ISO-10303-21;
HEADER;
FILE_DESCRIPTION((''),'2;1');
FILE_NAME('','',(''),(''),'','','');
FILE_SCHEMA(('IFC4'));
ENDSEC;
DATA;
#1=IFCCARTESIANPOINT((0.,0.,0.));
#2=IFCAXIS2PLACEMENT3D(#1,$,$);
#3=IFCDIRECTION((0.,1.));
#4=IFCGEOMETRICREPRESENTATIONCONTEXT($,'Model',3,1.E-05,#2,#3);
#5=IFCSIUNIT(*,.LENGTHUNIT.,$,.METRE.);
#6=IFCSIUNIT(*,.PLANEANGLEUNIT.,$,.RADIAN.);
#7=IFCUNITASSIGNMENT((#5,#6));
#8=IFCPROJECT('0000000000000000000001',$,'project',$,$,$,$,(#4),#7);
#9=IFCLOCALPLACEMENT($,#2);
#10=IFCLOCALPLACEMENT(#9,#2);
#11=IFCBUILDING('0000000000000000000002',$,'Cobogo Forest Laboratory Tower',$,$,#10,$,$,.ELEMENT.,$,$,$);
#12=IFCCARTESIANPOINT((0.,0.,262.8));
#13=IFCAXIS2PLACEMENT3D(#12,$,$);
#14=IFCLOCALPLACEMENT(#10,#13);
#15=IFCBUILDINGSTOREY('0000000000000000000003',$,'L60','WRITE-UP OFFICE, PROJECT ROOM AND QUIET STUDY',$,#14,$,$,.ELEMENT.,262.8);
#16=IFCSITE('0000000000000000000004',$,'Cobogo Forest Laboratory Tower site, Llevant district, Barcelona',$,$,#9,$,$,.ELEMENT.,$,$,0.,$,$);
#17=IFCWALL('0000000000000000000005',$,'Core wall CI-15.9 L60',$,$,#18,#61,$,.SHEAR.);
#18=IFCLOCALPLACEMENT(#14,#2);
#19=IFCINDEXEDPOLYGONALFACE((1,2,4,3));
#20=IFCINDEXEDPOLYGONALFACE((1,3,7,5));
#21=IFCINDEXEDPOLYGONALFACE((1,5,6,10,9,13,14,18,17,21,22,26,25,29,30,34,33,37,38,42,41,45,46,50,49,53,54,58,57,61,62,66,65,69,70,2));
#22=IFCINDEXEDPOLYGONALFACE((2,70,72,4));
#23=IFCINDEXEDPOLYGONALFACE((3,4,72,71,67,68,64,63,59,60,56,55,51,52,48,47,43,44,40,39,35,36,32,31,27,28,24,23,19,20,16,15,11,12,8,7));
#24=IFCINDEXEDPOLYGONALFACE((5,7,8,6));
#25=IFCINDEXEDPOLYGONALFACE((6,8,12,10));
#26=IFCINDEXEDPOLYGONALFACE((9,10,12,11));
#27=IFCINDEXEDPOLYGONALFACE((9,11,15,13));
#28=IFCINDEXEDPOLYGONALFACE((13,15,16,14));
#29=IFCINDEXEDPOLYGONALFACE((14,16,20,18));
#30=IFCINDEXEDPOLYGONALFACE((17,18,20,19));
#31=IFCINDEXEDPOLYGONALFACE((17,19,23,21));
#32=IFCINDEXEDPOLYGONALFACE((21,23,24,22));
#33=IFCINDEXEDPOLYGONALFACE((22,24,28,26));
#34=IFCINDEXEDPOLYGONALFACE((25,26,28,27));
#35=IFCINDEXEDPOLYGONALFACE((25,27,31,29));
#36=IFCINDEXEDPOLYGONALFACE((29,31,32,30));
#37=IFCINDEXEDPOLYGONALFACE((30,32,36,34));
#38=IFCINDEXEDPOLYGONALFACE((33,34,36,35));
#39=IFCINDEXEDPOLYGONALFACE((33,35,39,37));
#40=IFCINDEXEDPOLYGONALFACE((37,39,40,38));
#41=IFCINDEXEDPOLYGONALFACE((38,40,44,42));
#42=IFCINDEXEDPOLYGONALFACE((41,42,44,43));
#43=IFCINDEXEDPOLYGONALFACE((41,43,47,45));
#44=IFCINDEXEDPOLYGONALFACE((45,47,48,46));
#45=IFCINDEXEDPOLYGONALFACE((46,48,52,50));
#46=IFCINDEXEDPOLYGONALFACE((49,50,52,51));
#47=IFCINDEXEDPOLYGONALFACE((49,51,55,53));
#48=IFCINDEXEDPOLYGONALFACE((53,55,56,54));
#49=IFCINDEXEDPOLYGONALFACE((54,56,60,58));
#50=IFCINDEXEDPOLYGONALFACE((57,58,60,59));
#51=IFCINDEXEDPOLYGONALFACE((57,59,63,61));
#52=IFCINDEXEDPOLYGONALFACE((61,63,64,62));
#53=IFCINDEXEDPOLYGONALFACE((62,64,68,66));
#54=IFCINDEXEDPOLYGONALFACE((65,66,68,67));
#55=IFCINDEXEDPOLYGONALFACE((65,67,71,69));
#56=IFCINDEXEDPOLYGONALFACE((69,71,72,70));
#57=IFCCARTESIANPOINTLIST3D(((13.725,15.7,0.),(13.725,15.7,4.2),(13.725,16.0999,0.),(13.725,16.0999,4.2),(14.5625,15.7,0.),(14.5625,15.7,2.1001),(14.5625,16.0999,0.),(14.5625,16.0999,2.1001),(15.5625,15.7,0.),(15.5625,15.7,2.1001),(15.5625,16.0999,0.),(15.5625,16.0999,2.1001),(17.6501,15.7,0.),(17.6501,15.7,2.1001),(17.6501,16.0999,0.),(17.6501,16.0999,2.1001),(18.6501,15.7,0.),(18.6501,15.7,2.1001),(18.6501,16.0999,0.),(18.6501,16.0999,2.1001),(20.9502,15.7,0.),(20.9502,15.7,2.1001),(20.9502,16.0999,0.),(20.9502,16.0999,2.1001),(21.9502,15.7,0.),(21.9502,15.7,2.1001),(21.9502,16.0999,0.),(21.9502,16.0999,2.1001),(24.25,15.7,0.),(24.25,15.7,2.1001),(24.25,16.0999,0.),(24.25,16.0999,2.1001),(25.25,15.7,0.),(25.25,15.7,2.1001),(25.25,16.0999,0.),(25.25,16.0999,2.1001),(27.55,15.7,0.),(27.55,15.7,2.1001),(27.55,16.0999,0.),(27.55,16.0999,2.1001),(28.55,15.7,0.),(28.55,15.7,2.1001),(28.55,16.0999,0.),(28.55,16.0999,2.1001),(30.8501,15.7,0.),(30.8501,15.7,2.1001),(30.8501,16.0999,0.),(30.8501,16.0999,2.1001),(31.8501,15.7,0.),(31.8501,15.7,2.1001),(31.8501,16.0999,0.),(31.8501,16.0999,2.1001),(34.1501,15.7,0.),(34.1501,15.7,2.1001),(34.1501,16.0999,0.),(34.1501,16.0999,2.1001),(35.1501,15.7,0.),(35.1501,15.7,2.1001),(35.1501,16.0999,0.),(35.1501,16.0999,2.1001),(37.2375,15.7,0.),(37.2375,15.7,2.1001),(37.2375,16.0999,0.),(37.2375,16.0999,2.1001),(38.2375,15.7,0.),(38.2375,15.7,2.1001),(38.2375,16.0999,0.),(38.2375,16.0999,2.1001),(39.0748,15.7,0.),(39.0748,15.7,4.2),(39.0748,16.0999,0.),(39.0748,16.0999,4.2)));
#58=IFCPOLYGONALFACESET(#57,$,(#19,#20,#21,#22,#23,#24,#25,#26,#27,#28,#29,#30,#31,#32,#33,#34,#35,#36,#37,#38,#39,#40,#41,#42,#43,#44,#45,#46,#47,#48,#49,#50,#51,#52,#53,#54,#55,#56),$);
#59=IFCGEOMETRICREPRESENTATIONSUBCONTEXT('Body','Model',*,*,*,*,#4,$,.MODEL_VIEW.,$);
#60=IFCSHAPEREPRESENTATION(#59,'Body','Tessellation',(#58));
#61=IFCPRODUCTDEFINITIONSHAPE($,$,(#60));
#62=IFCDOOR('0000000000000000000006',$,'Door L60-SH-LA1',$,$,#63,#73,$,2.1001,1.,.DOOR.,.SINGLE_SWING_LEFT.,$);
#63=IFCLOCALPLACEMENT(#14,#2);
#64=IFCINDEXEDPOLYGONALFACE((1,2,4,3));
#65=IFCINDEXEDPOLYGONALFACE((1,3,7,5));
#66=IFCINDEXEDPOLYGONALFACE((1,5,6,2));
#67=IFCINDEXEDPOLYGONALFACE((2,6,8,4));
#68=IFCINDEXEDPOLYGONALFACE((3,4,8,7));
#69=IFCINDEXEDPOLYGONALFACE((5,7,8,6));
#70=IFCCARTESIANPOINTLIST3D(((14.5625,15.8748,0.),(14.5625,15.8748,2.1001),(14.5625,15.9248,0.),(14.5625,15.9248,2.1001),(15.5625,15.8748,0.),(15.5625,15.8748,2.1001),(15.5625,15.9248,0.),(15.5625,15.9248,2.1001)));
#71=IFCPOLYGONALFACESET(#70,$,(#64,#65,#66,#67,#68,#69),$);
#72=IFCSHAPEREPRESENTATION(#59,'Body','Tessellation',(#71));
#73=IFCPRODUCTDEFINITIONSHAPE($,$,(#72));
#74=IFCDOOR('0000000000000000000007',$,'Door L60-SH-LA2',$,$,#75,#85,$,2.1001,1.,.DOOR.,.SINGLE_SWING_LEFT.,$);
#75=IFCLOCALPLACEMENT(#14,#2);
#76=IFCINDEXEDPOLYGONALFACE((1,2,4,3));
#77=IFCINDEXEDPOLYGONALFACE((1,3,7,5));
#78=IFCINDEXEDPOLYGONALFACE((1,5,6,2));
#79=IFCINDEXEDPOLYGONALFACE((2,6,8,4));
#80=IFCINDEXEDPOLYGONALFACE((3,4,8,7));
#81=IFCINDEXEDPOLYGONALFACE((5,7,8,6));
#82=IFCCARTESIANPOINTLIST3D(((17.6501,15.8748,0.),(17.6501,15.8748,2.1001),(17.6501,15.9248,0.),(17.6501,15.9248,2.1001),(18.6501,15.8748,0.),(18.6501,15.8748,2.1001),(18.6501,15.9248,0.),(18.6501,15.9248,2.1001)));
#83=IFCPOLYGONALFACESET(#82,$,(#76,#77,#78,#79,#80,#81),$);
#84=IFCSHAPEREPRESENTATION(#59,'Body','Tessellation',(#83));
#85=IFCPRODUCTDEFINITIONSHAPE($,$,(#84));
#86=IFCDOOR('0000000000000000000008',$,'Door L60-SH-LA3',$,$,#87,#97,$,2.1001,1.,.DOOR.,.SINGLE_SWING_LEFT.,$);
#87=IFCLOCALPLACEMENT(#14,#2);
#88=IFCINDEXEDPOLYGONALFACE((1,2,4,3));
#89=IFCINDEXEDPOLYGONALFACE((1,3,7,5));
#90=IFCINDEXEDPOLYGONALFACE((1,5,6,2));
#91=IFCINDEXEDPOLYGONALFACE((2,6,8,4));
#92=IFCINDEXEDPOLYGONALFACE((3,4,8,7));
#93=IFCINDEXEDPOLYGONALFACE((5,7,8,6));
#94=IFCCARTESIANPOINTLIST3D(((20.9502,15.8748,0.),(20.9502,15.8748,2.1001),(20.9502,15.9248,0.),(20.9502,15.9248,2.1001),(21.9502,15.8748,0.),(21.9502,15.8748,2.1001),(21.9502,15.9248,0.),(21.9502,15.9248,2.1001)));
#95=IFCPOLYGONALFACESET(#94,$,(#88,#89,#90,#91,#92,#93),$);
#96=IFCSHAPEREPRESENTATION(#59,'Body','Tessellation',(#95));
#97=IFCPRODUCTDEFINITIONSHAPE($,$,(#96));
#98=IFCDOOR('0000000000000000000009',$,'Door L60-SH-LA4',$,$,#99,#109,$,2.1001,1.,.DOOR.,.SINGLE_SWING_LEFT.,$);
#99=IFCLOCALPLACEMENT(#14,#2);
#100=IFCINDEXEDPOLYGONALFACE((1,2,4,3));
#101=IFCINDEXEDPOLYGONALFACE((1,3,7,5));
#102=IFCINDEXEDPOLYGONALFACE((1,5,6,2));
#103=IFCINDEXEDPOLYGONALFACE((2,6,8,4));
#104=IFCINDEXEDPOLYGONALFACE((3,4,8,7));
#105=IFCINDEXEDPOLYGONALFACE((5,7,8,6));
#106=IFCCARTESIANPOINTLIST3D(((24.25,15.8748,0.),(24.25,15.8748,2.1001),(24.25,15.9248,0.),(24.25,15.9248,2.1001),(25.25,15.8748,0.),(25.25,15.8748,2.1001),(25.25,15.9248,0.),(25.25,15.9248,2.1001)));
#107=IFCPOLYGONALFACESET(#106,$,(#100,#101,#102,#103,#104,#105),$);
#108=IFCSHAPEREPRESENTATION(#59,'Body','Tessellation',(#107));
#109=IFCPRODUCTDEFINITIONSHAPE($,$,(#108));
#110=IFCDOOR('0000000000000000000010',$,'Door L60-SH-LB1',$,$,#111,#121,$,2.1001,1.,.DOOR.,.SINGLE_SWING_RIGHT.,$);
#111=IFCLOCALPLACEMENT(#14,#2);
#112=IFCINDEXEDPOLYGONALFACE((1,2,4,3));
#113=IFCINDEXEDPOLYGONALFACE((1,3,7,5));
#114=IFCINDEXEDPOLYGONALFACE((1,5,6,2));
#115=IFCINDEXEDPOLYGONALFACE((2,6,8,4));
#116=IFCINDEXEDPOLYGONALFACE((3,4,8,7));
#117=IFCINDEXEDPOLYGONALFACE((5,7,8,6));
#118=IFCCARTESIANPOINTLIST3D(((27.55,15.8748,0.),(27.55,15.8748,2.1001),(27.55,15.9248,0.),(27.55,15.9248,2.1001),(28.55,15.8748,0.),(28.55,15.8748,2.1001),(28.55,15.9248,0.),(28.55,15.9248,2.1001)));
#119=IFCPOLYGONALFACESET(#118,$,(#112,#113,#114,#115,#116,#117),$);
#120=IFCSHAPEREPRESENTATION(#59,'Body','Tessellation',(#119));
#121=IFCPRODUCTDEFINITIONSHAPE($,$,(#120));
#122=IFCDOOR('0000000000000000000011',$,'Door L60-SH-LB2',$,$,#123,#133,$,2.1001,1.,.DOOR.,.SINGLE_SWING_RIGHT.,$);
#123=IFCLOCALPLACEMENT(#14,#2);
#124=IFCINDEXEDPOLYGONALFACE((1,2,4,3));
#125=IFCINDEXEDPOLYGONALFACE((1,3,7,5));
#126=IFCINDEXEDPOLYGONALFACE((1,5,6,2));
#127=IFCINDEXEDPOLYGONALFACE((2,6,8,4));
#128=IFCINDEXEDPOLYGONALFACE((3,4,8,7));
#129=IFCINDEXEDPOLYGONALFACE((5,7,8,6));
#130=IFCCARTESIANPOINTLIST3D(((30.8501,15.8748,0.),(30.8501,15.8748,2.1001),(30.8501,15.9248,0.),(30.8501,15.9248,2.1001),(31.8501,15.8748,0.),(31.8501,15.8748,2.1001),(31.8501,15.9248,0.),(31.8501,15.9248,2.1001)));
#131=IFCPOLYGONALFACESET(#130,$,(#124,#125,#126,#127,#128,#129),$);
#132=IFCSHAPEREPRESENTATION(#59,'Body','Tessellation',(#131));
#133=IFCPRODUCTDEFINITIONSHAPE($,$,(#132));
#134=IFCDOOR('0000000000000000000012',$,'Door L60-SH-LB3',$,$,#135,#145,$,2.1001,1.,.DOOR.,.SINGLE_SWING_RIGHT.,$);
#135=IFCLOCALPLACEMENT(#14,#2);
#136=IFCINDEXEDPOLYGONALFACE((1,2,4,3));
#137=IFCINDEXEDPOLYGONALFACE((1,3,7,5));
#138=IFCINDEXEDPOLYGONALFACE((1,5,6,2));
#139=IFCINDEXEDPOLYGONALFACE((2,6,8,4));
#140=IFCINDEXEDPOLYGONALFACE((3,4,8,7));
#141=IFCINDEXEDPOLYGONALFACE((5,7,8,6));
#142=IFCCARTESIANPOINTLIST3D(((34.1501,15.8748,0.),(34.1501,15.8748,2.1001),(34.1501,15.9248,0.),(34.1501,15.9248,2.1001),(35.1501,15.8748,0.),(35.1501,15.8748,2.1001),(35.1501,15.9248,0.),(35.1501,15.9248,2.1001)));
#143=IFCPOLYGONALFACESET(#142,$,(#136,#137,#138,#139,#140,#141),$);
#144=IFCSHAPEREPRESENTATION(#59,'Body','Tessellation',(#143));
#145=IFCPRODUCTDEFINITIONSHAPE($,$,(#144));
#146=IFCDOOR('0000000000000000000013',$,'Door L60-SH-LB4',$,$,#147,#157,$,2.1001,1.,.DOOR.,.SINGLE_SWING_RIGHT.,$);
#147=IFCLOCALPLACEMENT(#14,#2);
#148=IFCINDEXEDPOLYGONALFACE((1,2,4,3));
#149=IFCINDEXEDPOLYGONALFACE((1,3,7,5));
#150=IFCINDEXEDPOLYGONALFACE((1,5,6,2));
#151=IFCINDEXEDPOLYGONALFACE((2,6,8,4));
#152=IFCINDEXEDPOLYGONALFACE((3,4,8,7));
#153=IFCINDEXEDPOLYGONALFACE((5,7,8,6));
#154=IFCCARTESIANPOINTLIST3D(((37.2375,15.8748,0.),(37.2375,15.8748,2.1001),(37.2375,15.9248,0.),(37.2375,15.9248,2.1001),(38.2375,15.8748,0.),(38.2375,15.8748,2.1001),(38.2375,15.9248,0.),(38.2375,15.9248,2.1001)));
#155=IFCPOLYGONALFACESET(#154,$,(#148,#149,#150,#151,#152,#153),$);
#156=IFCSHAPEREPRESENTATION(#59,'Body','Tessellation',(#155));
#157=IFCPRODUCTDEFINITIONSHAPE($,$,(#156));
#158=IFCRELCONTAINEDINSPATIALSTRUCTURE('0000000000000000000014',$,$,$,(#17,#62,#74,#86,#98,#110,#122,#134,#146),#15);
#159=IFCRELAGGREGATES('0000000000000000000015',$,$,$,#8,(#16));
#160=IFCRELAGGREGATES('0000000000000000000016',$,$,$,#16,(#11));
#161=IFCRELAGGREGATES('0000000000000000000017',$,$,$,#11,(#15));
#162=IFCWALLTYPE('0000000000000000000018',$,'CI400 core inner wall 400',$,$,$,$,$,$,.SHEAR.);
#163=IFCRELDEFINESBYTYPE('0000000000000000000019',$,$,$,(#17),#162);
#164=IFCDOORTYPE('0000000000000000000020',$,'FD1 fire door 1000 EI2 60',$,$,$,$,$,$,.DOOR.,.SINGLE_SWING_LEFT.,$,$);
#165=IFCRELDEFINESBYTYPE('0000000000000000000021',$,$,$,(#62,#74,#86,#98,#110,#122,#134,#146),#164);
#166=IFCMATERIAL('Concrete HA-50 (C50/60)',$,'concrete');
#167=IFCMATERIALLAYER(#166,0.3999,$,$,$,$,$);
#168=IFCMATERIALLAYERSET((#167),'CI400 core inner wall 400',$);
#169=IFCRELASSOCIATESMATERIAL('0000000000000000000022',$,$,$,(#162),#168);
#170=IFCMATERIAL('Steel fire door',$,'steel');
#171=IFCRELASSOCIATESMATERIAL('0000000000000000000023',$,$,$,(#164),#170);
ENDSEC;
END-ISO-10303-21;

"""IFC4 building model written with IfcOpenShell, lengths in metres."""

from ifc_helpers import new_model, si_unit, direction, frame, frame_2d, origin, place, context, subcontext, project, spatial, rectangle, extrude, material, layer, layer_set, type_object, element, fill, save


model = new_model("IFC4")

# Units and contexts
model_context = context("Model", 3, precision=1e-05, world=origin(), true_north=direction((0.0, 1.0)))
body_context = subcontext(model_context, "Body", "Model", "MODEL_VIEW")
ifc_project = project(units=[si_unit("LENGTHUNIT", "METRE"), si_unit("PLANEANGLEUNIT", "RADIAN")], contexts=[model_context])

# Site, building, storey
site_placement = place(None, origin())
site = spatial("IfcSite", under=ifc_project, at=site_placement, Name="Cobogo Forest Laboratory Tower site, Llevant district, Barcelona", CompositionType="ELEMENT", RefElevation=0.0)
building_placement = place(site_placement, origin())
building = spatial("IfcBuilding", under=site, at=building_placement, Name="Cobogo Forest Laboratory Tower", CompositionType="ELEMENT")
storey_placement = place(building_placement, frame((0.0, 0.0, 262.8)))
storey = spatial("IfcBuildingStorey", under=building, at=storey_placement, Name="L60", Description="WRITE-UP OFFICE, PROJECT ROOM AND QUIET STUDY", CompositionType="ELEMENT", Elevation=262.8)

# Shared definitions
ifc_material_1 = material(Name="Concrete HA-50 (C50/60)", Category="concrete")

# Wall, openings, doors
ifc_layer_1 = layer(ifc_material_1, 0.3999)
ifc_layer_set_1 = layer_set([ifc_layer_1], Name="CI400 core inner wall 400")
wall_type_1 = type_object("IfcWallType", Name="CI400 core inner wall 400", PredefinedType="SHEAR", material=ifc_layer_set_1)
wall_1_placement = place(storey_placement, frame((13.7251, 15.8999, 0.0), z_axis=(0.0, 0.0, 1.0), x_axis=(1.0, 0.0, 0.0)))
wall_1 = element("IfcWall", 1, at=wall_1_placement, inside=storey, type_object=wall_type_1, Name="Core wall CI-15.9 L60", PredefinedType="SHEAR", context=body_context, shape_type="SweptSolid", body=[
    extrude(rectangle(XDim=25.3499, YDim=0.3999, at=frame_2d((12.6748, 0.0))), origin(), (0.0, 0.0, 1.0), 4.2),
])
opening_1_placement = place(wall_1_placement, frame((0.8374, 0.0, 0.0)))
opening_1 = element("IfcOpeningElement", 2, at=opening_1_placement, cuts=wall_1, PredefinedType="OPENING", context=body_context, shape_type="SweptSolid", body=[
    extrude(rectangle(XDim=1.0, YDim=2.1001, at=frame_2d((0.5, 1.05))), frame((0.0, 0.21, 0.0), z_axis=(0.0, -1.0, 0.0), x_axis=(1.0, 0.0, 0.0)), (0.0, 0.0, 1.0), 0.4199),
])
opening_2_placement = place(wall_1_placement, frame((3.925, 0.0, 0.0)))
opening_2 = element("IfcOpeningElement", 3, at=opening_2_placement, cuts=wall_1, PredefinedType="OPENING", context=body_context, shape_type="SweptSolid", body=[
    extrude(rectangle(XDim=1.0, YDim=2.1001, at=frame_2d((0.5, 1.05))), frame((0.0, 0.21, 0.0), z_axis=(0.0, -1.0, 0.0), x_axis=(1.0, 0.0, 0.0)), (0.0, 0.0, 1.0), 0.4199),
])
opening_3_placement = place(wall_1_placement, frame((7.2251, 0.0, 0.0)))
opening_3 = element("IfcOpeningElement", 4, at=opening_3_placement, cuts=wall_1, PredefinedType="OPENING", context=body_context, shape_type="SweptSolid", body=[
    extrude(rectangle(XDim=1.0, YDim=2.1001, at=frame_2d((0.5, 1.05))), frame((0.0, 0.21, 0.0), z_axis=(0.0, -1.0, 0.0), x_axis=(1.0, 0.0, 0.0)), (0.0, 0.0, 1.0), 0.4199),
])
opening_4_placement = place(wall_1_placement, frame((10.5249, 0.0, 0.0)))
opening_4 = element("IfcOpeningElement", 5, at=opening_4_placement, cuts=wall_1, PredefinedType="OPENING", context=body_context, shape_type="SweptSolid", body=[
    extrude(rectangle(XDim=1.0, YDim=2.1001, at=frame_2d((0.5, 1.05))), frame((0.0, 0.21, 0.0), z_axis=(0.0, -1.0, 0.0), x_axis=(1.0, 0.0, 0.0)), (0.0, 0.0, 1.0), 0.4199),
])
opening_5_placement = place(wall_1_placement, frame((13.825, 0.0, 0.0)))
opening_5 = element("IfcOpeningElement", 6, at=opening_5_placement, cuts=wall_1, PredefinedType="OPENING", context=body_context, shape_type="SweptSolid", body=[
    extrude(rectangle(XDim=1.0, YDim=2.1001, at=frame_2d((0.5, 1.05))), frame((0.0, 0.21, 0.0), z_axis=(0.0, -1.0, 0.0), x_axis=(1.0, 0.0, 0.0)), (0.0, 0.0, 1.0), 0.4199),
])
opening_6_placement = place(wall_1_placement, frame((17.125, 0.0, 0.0)))
opening_6 = element("IfcOpeningElement", 7, at=opening_6_placement, cuts=wall_1, PredefinedType="OPENING", context=body_context, shape_type="SweptSolid", body=[
    extrude(rectangle(XDim=1.0, YDim=2.1001, at=frame_2d((0.5, 1.05))), frame((0.0, 0.21, 0.0), z_axis=(0.0, -1.0, 0.0), x_axis=(1.0, 0.0, 0.0)), (0.0, 0.0, 1.0), 0.4199),
])
opening_7_placement = place(wall_1_placement, frame((20.425, 0.0, 0.0)))
opening_7 = element("IfcOpeningElement", 8, at=opening_7_placement, cuts=wall_1, PredefinedType="OPENING", context=body_context, shape_type="SweptSolid", body=[
    extrude(rectangle(XDim=1.0, YDim=2.1001, at=frame_2d((0.5, 1.05))), frame((0.0, 0.21, 0.0), z_axis=(0.0, -1.0, 0.0), x_axis=(1.0, 0.0, 0.0)), (0.0, 0.0, 1.0), 0.4199),
])
opening_8_placement = place(wall_1_placement, frame((23.5125, 0.0, 0.0)))
opening_8 = element("IfcOpeningElement", 9, at=opening_8_placement, cuts=wall_1, PredefinedType="OPENING", context=body_context, shape_type="SweptSolid", body=[
    extrude(rectangle(XDim=1.0, YDim=2.1001, at=frame_2d((0.5, 1.05))), frame((0.0, 0.21, 0.0), z_axis=(0.0, -1.0, 0.0), x_axis=(1.0, 0.0, 0.0)), (0.0, 0.0, 1.0), 0.4199),
])
ifc_material_2 = material(Name="Steel fire door", Category="steel")
door_type_1 = type_object("IfcDoorType", Name="FD1 fire door 1000 EI2 60", OperationType="SINGLE_SWING_LEFT", PredefinedType="DOOR", material=ifc_material_2)
door_1_placement = place(opening_1_placement, origin())
door_1 = element("IfcDoor", 10, at=door_1_placement, inside=storey, type_object=door_type_1, Name="Door L60-SH-LA1", OperationType="SINGLE_SWING_LEFT", OverallHeight=2.1001, OverallWidth=1.0, PredefinedType="DOOR", context=body_context, shape_type="SweptSolid", body=[
    extrude(rectangle(XDim=1.0, YDim=2.1001, at=frame_2d((0.5, 1.05))), frame((0.0, 0.0249, 0.0), z_axis=(0.0, -1.0, 0.0), x_axis=(1.0, 0.0, 0.0)), (0.0, 0.0, 1.0), 0.05),
])
fill(opening_1, door_1)
door_2_placement = place(opening_2_placement, origin())
door_2 = element("IfcDoor", 11, at=door_2_placement, inside=storey, type_object=door_type_1, Name="Door L60-SH-LA2", OperationType="SINGLE_SWING_LEFT", OverallHeight=2.1001, OverallWidth=1.0, PredefinedType="DOOR", context=body_context, shape_type="SweptSolid", body=[
    extrude(rectangle(XDim=1.0, YDim=2.1001, at=frame_2d((0.5, 1.05))), frame((0.0, 0.0249, 0.0), z_axis=(0.0, -1.0, 0.0), x_axis=(1.0, 0.0, 0.0)), (0.0, 0.0, 1.0), 0.05),
])
fill(opening_2, door_2)
door_3_placement = place(opening_3_placement, origin())
door_3 = element("IfcDoor", 12, at=door_3_placement, inside=storey, type_object=door_type_1, Name="Door L60-SH-LA3", OperationType="SINGLE_SWING_LEFT", OverallHeight=2.1001, OverallWidth=1.0, PredefinedType="DOOR", context=body_context, shape_type="SweptSolid", body=[
    extrude(rectangle(XDim=1.0, YDim=2.1001, at=frame_2d((0.5, 1.05))), frame((0.0, 0.0249, 0.0), z_axis=(0.0, -1.0, 0.0), x_axis=(1.0, 0.0, 0.0)), (0.0, 0.0, 1.0), 0.05),
])
fill(opening_3, door_3)
door_4_placement = place(opening_4_placement, origin())
door_4 = element("IfcDoor", 13, at=door_4_placement, inside=storey, type_object=door_type_1, Name="Door L60-SH-LA4", OperationType="SINGLE_SWING_LEFT", OverallHeight=2.1001, OverallWidth=1.0, PredefinedType="DOOR", context=body_context, shape_type="SweptSolid", body=[
    extrude(rectangle(XDim=1.0, YDim=2.1001, at=frame_2d((0.5, 1.05))), frame((0.0, 0.0249, 0.0), z_axis=(0.0, -1.0, 0.0), x_axis=(1.0, 0.0, 0.0)), (0.0, 0.0, 1.0), 0.05),
])
fill(opening_4, door_4)
door_5_placement = place(opening_5_placement, origin())
door_5 = element("IfcDoor", 14, at=door_5_placement, inside=storey, type_object=door_type_1, Name="Door L60-SH-LB1", OperationType="SINGLE_SWING_RIGHT", OverallHeight=2.1001, OverallWidth=1.0, PredefinedType="DOOR", context=body_context, shape_type="SweptSolid", body=[
    extrude(rectangle(XDim=1.0, YDim=2.1001, at=frame_2d((0.5, 1.05))), frame((0.0, 0.0249, 0.0), z_axis=(0.0, -1.0, 0.0), x_axis=(1.0, 0.0, 0.0)), (0.0, 0.0, 1.0), 0.05),
])
fill(opening_5, door_5)
door_6_placement = place(opening_6_placement, origin())
door_6 = element("IfcDoor", 15, at=door_6_placement, inside=storey, type_object=door_type_1, Name="Door L60-SH-LB2", OperationType="SINGLE_SWING_RIGHT", OverallHeight=2.1001, OverallWidth=1.0, PredefinedType="DOOR", context=body_context, shape_type="SweptSolid", body=[
    extrude(rectangle(XDim=1.0, YDim=2.1001, at=frame_2d((0.5, 1.05))), frame((0.0, 0.0249, 0.0), z_axis=(0.0, -1.0, 0.0), x_axis=(1.0, 0.0, 0.0)), (0.0, 0.0, 1.0), 0.05),
])
fill(opening_6, door_6)
door_7_placement = place(opening_7_placement, origin())
door_7 = element("IfcDoor", 16, at=door_7_placement, inside=storey, type_object=door_type_1, Name="Door L60-SH-LB3", OperationType="SINGLE_SWING_RIGHT", OverallHeight=2.1001, OverallWidth=1.0, PredefinedType="DOOR", context=body_context, shape_type="SweptSolid", body=[
    extrude(rectangle(XDim=1.0, YDim=2.1001, at=frame_2d((0.5, 1.05))), frame((0.0, 0.0249, 0.0), z_axis=(0.0, -1.0, 0.0), x_axis=(1.0, 0.0, 0.0)), (0.0, 0.0, 1.0), 0.05),
])
fill(opening_7, door_7)
door_8_placement = place(opening_8_placement, origin())
door_8 = element("IfcDoor", 17, at=door_8_placement, inside=storey, type_object=door_type_1, Name="Door L60-SH-LB4", OperationType="SINGLE_SWING_RIGHT", OverallHeight=2.1001, OverallWidth=1.0, PredefinedType="DOOR", context=body_context, shape_type="SweptSolid", body=[
    extrude(rectangle(XDim=1.0, YDim=2.1001, at=frame_2d((0.5, 1.05))), frame((0.0, 0.0249, 0.0), z_axis=(0.0, -1.0, 0.0), x_axis=(1.0, 0.0, 0.0)), (0.0, 0.0, 1.0), 0.05),
])
fill(opening_8, door_8)

save(model, "model.ifc")
